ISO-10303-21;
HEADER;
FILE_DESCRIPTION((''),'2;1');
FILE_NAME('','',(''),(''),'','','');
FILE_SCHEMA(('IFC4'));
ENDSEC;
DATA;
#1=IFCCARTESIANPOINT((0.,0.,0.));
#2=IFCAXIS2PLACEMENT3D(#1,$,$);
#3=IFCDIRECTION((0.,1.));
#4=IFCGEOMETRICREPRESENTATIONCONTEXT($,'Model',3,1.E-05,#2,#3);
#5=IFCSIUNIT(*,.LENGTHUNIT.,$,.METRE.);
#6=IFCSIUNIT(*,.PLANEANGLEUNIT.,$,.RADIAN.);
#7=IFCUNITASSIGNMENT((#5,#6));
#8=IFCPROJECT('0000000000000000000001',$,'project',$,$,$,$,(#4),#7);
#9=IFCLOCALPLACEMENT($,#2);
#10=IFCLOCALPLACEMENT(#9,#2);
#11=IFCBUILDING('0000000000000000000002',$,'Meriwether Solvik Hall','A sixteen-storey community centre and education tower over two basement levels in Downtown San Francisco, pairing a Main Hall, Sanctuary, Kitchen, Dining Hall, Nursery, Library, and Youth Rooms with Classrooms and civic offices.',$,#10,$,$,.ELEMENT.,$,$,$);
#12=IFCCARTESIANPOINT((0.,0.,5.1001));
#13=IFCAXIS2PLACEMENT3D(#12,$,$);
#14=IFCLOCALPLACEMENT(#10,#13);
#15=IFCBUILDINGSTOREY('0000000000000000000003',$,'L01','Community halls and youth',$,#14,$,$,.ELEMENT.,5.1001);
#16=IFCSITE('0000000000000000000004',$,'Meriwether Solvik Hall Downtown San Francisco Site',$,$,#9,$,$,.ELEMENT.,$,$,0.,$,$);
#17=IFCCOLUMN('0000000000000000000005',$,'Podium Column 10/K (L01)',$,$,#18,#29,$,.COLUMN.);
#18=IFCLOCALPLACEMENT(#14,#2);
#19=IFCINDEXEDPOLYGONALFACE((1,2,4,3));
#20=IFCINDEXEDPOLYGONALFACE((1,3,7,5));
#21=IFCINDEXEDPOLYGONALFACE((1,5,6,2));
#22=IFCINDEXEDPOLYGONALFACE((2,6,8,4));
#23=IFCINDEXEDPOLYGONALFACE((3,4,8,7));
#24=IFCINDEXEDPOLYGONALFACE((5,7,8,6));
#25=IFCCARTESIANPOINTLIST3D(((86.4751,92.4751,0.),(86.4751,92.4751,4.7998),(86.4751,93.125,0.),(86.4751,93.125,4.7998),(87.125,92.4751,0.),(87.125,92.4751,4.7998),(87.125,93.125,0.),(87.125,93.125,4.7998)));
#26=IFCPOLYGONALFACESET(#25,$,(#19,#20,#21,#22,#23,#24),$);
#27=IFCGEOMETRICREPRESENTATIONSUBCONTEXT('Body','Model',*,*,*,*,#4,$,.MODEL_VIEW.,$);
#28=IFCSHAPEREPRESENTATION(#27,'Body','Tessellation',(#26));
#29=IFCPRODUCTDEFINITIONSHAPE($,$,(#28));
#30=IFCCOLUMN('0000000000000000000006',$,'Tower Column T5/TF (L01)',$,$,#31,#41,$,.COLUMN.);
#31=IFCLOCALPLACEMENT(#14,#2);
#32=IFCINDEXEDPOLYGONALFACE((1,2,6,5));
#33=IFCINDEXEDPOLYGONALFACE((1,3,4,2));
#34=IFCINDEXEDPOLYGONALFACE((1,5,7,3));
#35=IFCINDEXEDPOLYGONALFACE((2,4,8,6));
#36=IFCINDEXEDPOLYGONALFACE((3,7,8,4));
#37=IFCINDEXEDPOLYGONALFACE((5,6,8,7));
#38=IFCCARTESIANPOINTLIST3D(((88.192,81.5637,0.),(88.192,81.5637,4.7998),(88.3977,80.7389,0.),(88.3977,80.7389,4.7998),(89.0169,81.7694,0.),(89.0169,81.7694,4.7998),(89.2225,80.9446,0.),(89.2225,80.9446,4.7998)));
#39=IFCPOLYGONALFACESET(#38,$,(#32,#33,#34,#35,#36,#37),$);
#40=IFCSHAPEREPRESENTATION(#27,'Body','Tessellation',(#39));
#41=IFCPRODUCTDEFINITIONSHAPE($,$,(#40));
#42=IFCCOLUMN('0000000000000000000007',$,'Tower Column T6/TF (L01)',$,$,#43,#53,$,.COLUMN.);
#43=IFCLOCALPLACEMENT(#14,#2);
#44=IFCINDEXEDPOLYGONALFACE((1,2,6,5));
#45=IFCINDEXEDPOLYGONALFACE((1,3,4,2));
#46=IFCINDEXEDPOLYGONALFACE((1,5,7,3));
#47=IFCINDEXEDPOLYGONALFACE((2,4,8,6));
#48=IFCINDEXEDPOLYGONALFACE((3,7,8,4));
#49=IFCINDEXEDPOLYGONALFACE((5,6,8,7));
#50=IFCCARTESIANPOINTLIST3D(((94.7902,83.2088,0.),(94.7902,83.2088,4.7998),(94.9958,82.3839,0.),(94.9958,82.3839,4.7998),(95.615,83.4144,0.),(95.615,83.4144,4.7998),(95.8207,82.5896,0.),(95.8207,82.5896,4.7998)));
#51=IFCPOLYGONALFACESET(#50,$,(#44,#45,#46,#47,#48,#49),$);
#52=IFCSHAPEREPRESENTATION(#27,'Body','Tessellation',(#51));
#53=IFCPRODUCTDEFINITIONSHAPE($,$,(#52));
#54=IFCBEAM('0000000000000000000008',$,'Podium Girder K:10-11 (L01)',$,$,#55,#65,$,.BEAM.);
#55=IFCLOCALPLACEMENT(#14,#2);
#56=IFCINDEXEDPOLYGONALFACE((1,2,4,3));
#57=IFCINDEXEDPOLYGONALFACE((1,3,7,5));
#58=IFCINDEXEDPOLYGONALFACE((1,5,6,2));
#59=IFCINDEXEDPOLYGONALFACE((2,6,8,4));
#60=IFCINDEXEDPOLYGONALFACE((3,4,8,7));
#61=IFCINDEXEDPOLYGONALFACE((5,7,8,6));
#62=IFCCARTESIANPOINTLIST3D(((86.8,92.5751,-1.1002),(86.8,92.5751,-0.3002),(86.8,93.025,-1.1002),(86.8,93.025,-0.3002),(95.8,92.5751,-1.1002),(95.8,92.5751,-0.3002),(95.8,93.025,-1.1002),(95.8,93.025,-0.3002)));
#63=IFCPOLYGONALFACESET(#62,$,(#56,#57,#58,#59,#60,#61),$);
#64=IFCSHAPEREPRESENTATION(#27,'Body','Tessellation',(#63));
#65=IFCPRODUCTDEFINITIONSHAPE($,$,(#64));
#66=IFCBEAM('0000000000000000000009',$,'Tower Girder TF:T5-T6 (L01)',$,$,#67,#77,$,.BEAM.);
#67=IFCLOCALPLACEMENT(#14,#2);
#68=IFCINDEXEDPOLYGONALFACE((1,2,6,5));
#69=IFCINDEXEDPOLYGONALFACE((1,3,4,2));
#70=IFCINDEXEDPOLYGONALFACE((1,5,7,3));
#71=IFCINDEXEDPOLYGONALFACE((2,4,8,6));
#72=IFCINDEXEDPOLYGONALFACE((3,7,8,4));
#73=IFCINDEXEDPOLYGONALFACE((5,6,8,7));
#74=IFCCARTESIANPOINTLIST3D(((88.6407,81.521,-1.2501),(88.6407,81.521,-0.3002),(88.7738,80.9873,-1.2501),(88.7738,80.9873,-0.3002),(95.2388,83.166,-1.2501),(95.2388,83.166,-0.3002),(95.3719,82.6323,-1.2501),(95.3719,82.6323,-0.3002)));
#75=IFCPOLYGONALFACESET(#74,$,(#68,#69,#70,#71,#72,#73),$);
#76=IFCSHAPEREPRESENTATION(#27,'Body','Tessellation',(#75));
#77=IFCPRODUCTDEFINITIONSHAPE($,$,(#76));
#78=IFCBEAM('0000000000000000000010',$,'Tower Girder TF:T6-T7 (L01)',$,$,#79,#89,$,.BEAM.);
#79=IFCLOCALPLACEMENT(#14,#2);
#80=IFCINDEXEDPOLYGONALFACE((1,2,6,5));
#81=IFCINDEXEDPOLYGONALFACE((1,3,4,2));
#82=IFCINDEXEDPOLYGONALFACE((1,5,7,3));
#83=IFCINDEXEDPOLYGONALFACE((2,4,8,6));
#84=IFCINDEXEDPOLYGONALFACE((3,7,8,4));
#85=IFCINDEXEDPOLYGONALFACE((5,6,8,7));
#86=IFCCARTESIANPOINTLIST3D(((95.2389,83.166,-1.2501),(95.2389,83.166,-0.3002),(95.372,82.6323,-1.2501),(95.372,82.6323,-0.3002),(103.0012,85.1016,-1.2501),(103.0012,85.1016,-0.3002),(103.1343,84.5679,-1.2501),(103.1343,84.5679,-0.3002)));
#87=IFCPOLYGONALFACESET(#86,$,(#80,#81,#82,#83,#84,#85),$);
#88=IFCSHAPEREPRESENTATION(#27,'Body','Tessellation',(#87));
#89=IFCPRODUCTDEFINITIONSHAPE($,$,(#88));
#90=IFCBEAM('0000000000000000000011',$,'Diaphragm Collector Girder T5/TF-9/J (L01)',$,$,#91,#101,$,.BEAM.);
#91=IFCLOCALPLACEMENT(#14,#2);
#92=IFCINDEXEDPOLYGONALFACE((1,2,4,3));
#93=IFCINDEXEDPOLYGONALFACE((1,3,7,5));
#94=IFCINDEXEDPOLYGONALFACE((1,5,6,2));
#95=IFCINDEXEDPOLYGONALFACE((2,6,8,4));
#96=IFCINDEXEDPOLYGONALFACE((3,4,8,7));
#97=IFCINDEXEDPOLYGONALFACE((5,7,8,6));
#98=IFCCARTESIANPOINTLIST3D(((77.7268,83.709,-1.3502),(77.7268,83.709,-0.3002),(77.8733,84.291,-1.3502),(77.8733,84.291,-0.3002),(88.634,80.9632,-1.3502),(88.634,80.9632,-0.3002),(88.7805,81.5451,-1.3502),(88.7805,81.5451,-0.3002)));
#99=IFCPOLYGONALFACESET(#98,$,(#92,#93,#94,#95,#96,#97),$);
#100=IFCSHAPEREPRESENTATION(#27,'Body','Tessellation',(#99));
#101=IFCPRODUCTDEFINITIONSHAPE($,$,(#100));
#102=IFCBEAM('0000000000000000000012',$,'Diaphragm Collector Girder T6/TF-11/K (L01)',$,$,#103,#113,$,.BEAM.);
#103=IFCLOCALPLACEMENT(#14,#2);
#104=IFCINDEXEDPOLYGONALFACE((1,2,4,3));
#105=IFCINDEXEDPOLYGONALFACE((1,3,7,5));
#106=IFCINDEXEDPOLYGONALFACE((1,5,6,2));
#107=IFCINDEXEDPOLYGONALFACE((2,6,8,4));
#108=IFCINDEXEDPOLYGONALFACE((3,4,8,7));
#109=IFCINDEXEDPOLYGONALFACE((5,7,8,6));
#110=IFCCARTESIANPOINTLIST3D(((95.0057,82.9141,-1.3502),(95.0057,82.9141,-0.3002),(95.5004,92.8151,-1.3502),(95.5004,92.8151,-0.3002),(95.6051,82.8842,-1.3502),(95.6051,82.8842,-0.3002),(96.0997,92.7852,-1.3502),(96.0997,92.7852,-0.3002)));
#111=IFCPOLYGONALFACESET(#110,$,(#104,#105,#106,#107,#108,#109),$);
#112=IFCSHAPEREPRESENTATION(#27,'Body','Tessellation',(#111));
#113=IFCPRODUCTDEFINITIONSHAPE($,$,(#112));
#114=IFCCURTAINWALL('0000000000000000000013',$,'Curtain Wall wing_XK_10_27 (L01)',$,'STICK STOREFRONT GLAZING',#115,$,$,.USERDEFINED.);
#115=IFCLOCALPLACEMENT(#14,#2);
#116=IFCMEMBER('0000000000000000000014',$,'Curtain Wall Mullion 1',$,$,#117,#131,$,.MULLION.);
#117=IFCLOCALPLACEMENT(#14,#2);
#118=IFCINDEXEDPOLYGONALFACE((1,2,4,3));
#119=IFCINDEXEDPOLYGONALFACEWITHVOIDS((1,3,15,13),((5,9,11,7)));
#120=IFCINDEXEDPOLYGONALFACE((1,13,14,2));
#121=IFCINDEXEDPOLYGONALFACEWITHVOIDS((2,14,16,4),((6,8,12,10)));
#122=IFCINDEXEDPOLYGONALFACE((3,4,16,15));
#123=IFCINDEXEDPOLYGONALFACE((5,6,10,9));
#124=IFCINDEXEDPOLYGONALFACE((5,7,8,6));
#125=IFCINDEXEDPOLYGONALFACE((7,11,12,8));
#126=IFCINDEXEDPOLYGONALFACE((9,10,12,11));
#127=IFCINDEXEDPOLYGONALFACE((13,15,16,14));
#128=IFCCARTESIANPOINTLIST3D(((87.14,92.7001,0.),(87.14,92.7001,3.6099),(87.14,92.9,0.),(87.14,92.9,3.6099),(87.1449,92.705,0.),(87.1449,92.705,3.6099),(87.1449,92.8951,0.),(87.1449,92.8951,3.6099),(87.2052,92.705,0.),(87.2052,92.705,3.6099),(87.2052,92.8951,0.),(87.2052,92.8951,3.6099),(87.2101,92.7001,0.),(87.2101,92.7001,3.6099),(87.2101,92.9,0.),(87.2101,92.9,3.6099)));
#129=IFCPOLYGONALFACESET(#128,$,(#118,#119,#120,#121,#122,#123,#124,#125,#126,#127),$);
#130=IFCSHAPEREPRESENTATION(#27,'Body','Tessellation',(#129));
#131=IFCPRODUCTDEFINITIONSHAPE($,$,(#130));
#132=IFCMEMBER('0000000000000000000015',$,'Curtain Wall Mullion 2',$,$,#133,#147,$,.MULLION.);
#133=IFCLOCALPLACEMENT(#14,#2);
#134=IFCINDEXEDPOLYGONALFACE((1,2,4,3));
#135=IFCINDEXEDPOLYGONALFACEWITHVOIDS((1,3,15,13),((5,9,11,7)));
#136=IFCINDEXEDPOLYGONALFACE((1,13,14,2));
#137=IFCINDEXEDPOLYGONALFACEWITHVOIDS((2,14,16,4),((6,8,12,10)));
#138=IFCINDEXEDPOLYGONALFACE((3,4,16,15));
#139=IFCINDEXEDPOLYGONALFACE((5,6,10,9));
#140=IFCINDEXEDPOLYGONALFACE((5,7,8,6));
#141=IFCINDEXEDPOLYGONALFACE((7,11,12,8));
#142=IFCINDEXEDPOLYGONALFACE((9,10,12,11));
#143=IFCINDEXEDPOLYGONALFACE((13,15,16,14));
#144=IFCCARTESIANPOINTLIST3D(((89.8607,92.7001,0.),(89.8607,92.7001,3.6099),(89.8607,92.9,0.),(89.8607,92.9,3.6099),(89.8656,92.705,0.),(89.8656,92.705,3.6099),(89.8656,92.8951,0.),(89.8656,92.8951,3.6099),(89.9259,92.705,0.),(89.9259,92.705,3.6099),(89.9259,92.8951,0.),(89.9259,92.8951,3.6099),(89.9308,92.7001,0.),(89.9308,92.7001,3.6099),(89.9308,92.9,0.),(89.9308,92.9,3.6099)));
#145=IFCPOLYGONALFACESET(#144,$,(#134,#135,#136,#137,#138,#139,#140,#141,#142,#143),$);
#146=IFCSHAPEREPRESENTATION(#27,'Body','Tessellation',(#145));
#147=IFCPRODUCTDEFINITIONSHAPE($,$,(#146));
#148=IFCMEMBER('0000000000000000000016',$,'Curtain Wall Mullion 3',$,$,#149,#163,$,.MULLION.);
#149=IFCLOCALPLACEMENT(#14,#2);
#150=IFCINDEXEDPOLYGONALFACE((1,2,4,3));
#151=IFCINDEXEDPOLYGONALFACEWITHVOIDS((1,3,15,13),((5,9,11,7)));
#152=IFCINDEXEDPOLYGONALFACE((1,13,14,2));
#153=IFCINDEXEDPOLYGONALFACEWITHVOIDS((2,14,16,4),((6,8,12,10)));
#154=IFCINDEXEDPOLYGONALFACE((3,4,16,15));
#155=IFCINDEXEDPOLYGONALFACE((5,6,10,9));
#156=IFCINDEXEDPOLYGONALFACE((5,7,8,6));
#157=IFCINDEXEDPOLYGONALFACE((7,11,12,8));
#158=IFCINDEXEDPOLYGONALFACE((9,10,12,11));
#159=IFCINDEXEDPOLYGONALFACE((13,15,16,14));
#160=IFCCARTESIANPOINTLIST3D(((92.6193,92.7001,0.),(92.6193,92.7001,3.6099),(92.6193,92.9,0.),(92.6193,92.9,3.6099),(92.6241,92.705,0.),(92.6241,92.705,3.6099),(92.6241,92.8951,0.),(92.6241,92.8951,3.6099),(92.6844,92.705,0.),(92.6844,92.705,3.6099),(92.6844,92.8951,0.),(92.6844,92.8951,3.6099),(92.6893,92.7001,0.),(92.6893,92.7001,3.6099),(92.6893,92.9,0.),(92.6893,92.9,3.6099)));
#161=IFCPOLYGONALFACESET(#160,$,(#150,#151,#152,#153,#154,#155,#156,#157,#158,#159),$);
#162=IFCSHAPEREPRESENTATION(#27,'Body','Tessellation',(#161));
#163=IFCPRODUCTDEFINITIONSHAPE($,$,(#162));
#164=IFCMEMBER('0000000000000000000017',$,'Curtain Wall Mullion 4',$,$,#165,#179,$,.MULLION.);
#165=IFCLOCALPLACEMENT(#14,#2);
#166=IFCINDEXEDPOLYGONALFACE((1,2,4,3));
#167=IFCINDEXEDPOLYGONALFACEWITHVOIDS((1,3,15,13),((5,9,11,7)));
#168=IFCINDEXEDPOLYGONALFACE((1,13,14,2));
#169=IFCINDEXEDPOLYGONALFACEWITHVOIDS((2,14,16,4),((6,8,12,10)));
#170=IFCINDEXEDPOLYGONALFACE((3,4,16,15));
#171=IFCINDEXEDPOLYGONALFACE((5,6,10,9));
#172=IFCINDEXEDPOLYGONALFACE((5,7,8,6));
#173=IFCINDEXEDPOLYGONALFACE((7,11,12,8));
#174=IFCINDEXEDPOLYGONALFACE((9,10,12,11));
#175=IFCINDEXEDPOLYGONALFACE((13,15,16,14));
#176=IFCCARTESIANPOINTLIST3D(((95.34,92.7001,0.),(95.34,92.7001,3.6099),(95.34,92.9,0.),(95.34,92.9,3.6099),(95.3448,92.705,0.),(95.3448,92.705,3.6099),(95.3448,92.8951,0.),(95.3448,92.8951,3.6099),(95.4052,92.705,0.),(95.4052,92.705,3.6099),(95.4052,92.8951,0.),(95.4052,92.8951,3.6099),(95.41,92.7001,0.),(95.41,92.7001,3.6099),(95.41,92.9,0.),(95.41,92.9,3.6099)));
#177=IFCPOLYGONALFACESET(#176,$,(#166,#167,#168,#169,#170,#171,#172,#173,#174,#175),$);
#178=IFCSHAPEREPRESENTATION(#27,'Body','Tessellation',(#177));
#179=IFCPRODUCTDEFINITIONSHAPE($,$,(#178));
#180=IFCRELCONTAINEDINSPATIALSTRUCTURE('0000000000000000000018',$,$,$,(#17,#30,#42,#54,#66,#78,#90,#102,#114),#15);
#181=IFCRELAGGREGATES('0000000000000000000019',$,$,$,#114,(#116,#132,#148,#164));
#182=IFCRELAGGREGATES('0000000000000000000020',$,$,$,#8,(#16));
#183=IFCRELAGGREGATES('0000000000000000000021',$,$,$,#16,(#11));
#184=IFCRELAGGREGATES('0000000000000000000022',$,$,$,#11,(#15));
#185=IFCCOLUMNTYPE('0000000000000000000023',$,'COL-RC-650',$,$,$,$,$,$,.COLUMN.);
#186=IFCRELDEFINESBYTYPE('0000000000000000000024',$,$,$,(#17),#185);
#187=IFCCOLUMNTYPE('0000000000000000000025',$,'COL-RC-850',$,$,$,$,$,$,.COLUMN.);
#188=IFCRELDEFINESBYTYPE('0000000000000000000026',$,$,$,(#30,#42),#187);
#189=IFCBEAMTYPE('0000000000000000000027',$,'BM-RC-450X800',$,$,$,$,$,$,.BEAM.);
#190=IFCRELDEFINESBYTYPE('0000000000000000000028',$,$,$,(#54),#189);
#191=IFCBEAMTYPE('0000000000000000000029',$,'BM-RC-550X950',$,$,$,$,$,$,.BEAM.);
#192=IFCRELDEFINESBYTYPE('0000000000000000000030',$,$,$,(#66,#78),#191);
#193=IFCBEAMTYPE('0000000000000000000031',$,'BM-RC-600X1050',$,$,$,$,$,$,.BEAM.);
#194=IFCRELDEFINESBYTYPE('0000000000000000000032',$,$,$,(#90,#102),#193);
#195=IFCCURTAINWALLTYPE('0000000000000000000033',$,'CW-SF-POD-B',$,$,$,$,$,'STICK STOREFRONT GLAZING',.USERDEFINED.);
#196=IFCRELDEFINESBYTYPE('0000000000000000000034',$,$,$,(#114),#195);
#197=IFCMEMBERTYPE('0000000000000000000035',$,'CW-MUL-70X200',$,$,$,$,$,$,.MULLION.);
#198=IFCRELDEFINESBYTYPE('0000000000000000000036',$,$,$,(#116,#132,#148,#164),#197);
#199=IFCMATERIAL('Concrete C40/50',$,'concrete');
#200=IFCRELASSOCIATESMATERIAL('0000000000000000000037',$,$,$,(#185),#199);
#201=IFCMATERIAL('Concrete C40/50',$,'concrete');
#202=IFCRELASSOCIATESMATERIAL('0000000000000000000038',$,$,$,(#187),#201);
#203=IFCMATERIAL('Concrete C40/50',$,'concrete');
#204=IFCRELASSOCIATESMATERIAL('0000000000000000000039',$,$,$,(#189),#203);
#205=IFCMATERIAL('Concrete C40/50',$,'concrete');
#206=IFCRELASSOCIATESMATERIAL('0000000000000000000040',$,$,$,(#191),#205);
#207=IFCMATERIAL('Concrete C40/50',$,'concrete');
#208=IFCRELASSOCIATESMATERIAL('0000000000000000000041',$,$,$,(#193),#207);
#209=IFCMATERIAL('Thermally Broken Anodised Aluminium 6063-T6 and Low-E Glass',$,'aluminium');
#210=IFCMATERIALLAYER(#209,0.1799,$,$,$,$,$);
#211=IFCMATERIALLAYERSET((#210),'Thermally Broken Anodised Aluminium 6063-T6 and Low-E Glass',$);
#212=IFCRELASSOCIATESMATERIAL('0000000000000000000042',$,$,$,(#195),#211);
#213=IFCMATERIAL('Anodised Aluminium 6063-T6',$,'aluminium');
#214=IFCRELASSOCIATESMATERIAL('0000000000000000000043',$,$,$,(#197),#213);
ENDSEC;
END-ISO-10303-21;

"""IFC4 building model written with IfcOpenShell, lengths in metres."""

from ifc_helpers import new_model, si_unit, direction, frame, origin, origin_2d, place, context, subcontext, project, spatial, rectangle, hollow_rectangle, extrude, material, layer, layer_set, material_profile, profile_set, type_object, element, aggregate, save


model = new_model("IFC4")

# Units and contexts
model_context = context("Model", 3, precision=1e-05, world=origin(), true_north=direction((0.0, 1.0)))
body_context = subcontext(model_context, "Body", "Model", "MODEL_VIEW")
ifc_project = project(units=[si_unit("LENGTHUNIT", "METRE"), si_unit("PLANEANGLEUNIT", "RADIAN")], contexts=[model_context])

# Site, building, storey
site_placement = place(None, origin())
site = spatial("IfcSite", under=ifc_project, at=site_placement, Name="Meriwether Solvik Hall Downtown San Francisco Site", CompositionType="ELEMENT", RefElevation=0.0)
building_placement = place(site_placement, origin())
building = spatial("IfcBuilding", under=site, at=building_placement, Name="Meriwether Solvik Hall", Description="A sixteen-storey community centre and education tower over two basement levels in Downtown San Francisco, pairing a Main Hall, Sanctuary, Kitchen, Dining Hall, Nursery, Library, and Youth Rooms with Classrooms and civic offices.", CompositionType="ELEMENT")
storey_placement = place(building_placement, frame((0.0, 0.0, 5.1001)))
storey = spatial("IfcBuildingStorey", under=building, at=storey_placement, Name="L01", Description="Community halls and youth", CompositionType="ELEMENT", Elevation=5.1001)

# Columns
ifc_material_1 = material(Name="Concrete C40/50", Category="concrete")
ifc_material_profile_1 = material_profile(ifc_material_1, rectangle(XDim=0.6499, YDim=0.6499, at=origin_2d()), Name="RCC-650X650")
ifc_profile_set_1 = profile_set([ifc_material_profile_1], Name="Concrete C40/50")
column_type_1 = type_object("IfcColumnType", Name="COL-RC-650", PredefinedType="COLUMN", material=ifc_profile_set_1)
column_placement = place(storey_placement, frame((86.8, 92.8, 0.0), z_axis=(0.0, 0.0, 1.0), x_axis=(1.0, 0.0, 0.0)))
element("IfcColumn", 1, at=column_placement, inside=storey, type_object=column_type_1, Name="Podium Column 10/K (L01)", PredefinedType="COLUMN", context=body_context, shape_type="SweptSolid", body=[
    extrude(rectangle(XDim=0.6499, YDim=0.6499, at=origin_2d()), origin(), (0.0, 0.0, 1.0), 4.7998),
])
ifc_material_2 = material(Name="Concrete C40/50", Category="concrete")
ifc_material_profile_2 = material_profile(ifc_material_2, rectangle(XDim=0.8501, YDim=0.8501, at=origin_2d()), Name="RCC-850X850")
ifc_profile_set_2 = profile_set([ifc_material_profile_2], Name="Concrete C40/50")
column_type_2 = type_object("IfcColumnType", Name="COL-RC-850", PredefinedType="COLUMN", material=ifc_profile_set_2)
for number, where, z_axis, x_axis, name in (
    (2, (88.7073, 81.2542, 0.0), (0.0, 0.0, 1.0), (0.970296, 0.241922, 0.0), "Tower Column T5/TF (L01)"),
    (3, (95.3054, 82.8992, 0.0), (0.0, 0.0, 1.0), (0.970296, 0.241922, 0.0), "Tower Column T6/TF (L01)"),
):
    element("IfcColumn", number, at=place(storey_placement, frame(where, z_axis=z_axis, x_axis=x_axis)), inside=storey, type_object=column_type_2, Name=name, PredefinedType="COLUMN", context=body_context, shape_type="SweptSolid", body=[
        extrude(rectangle(XDim=0.8501, YDim=0.8501, at=origin_2d()), origin(), (0.0, 0.0, 1.0), 4.7998),
    ])

# Beams
ifc_material_3 = material(Name="Concrete C40/50", Category="concrete")
ifc_material_profile_3 = material_profile(ifc_material_3, rectangle(XDim=0.45, YDim=0.8, at=origin_2d()), Name="RCB-450X800")
ifc_profile_set_3 = profile_set([ifc_material_profile_3], Name="Concrete C40/50")
beam_type_1 = type_object("IfcBeamType", Name="BM-RC-450X800", PredefinedType="BEAM", material=ifc_profile_set_3)
beam_1_placement = place(storey_placement, frame((86.8, 92.8, -0.7002), z_axis=(1.0, 0.0, 0.0), x_axis=(0.0, 1.0, 0.0)))
element("IfcBeam", 4, at=beam_1_placement, inside=storey, type_object=beam_type_1, Name="Podium Girder K:10-11 (L01)", PredefinedType="BEAM", context=body_context, shape_type="SweptSolid", body=[
    extrude(rectangle(XDim=0.45, YDim=0.8, at=origin_2d()), origin(), (0.0, 0.0, 1.0), 9.0),
])
ifc_material_4 = material(Name="Concrete C40/50", Category="concrete")
ifc_material_profile_4 = material_profile(ifc_material_4, rectangle(XDim=0.55, YDim=0.95, at=origin_2d()), Name="RCB-550X950")
ifc_profile_set_4 = profile_set([ifc_material_profile_4], Name="Concrete C40/50")
beam_type_2 = type_object("IfcBeamType", Name="BM-RC-550X950", PredefinedType="BEAM", material=ifc_profile_set_4)
beam_2_placement = place(storey_placement, frame((88.7073, 81.2542, -0.7751), z_axis=(0.970299, 0.24191, 0.0), x_axis=(-0.24191, 0.970299, 0.0)))
element("IfcBeam", 5, at=beam_2_placement, inside=storey, type_object=beam_type_2, Name="Tower Girder TF:T5-T6 (L01)", PredefinedType="BEAM", context=body_context, shape_type="SweptSolid", body=[
    extrude(rectangle(XDim=0.55, YDim=0.95, at=origin_2d()), origin(), (0.0, 0.0, 1.0), 6.8),
])
beam_3_placement = place(storey_placement, frame((95.3054, 82.8992, -0.7751), z_axis=(0.97029, 0.241947, 0.0), x_axis=(-0.241947, 0.97029, 0.0)))
element("IfcBeam", 6, at=beam_3_placement, inside=storey, type_object=beam_type_2, Name="Tower Girder TF:T6-T7 (L01)", PredefinedType="BEAM", context=body_context, shape_type="SweptSolid", body=[
    extrude(rectangle(XDim=0.55, YDim=0.95, at=origin_2d()), origin(), (0.0, 0.0, 1.0), 8.0),
])
ifc_material_5 = material(Name="Concrete C40/50", Category="concrete")
ifc_material_profile_5 = material_profile(ifc_material_5, rectangle(XDim=0.6001, YDim=1.05, at=origin_2d()), Name="RCB-600X1050")
ifc_profile_set_5 = profile_set([ifc_material_profile_5], Name="Concrete C40/50")
beam_type_3 = type_object("IfcBeamType", Name="BM-RC-600X1050", PredefinedType="BEAM", material=ifc_profile_set_5)
beam_4_placement = place(storey_placement, frame((88.7073, 81.2542, -0.8252), z_axis=(-0.969743, 0.244129, 0.0), x_axis=(-0.244129, -0.969743, 0.0)))
element("IfcBeam", 7, at=beam_4_placement, inside=storey, type_object=beam_type_3, Name="Diaphragm Collector Girder T5/TF-9/J (L01)", PredefinedType="BEAM", context=body_context, shape_type="SweptSolid", body=[
    extrude(rectangle(XDim=0.6001, YDim=1.05, at=origin_2d()), origin(), (0.0, 0.0, 1.0), 11.2476),
])
beam_5_placement = place(storey_placement, frame((95.3054, 82.8992, -0.8252), z_axis=(0.049896, 0.998754, 0.0), x_axis=(-0.998754, 0.049896, 0.0)))
element("IfcBeam", 8, at=beam_5_placement, inside=storey, type_object=beam_type_3, Name="Diaphragm Collector Girder T6/TF-11/K (L01)", PredefinedType="BEAM", context=body_context, shape_type="SweptSolid", body=[
    extrude(rectangle(XDim=0.6001, YDim=1.05, at=origin_2d()), origin(), (0.0, 0.0, 1.0), 9.9133),
])

# Curtain wall, members
ifc_material_6 = material(Name="Thermally Broken Anodised Aluminium 6063-T6 and Low-E Glass", Category="aluminium")
ifc_layer_1 = layer(ifc_material_6, 0.1799)
ifc_layer_set_1 = layer_set([ifc_layer_1], Name="Thermally Broken Anodised Aluminium 6063-T6 and Low-E Glass")
curtain_wall_type = type_object("IfcCurtainWallType", Name="CW-SF-POD-B", ElementType="STICK STOREFRONT GLAZING", PredefinedType="USERDEFINED", material=ifc_layer_set_1)
curtain_wall_placement = place(storey_placement, origin())
curtain_wall = element("IfcCurtainWall", 9, at=curtain_wall_placement, inside=storey, type_object=curtain_wall_type, Name="Curtain Wall wing_XK_10_27 (L01)", ObjectType="STICK STOREFRONT GLAZING", PredefinedType="USERDEFINED")
ifc_material_7 = material(Name="Anodised Aluminium 6063-T6", Category="aluminium")
ifc_material_profile_6 = material_profile(ifc_material_7, hollow_rectangle(XDim=0.0701, YDim=0.2, WallThickness=0.0049, at=origin_2d()), Name="CWM-70X200")
ifc_profile_set_6 = profile_set([ifc_material_profile_6], Name="Anodised Aluminium 6063-T6")
member_type_1 = type_object("IfcMemberType", Name="CW-MUL-70X200", PredefinedType="MULLION", material=ifc_profile_set_6)
member_1_placement = place(storey_placement, frame((87.175, 92.8, 0.0), z_axis=(0.0, 0.0, 1.0), x_axis=(1.0, 0.0, 0.0)))
member_1 = element("IfcMember", 10, at=member_1_placement, type_object=member_type_1, Name="Curtain Wall Mullion 1", PredefinedType="MULLION", context=body_context, shape_type="SweptSolid", body=[
    extrude(hollow_rectangle(XDim=0.0701, YDim=0.2, WallThickness=0.0049, at=origin_2d()), origin(), (0.0, 0.0, 1.0), 3.6099),
])
member_2_placement = place(storey_placement, frame((89.8958, 92.8, 0.0), z_axis=(0.0, 0.0, 1.0), x_axis=(1.0, 0.0, 0.0)))
member_2 = element("IfcMember", 11, at=member_2_placement, type_object=member_type_1, Name="Curtain Wall Mullion 2", PredefinedType="MULLION", context=body_context, shape_type="SweptSolid", body=[
    extrude(hollow_rectangle(XDim=0.0701, YDim=0.2, WallThickness=0.0049, at=origin_2d()), origin(), (0.0, 0.0, 1.0), 3.6099),
])
member_3_placement = place(storey_placement, frame((92.6543, 92.8, 0.0), z_axis=(0.0, 0.0, 1.0), x_axis=(1.0, 0.0, 0.0)))
member_3 = element("IfcMember", 12, at=member_3_placement, type_object=member_type_1, Name="Curtain Wall Mullion 3", PredefinedType="MULLION", context=body_context, shape_type="SweptSolid", body=[
    extrude(hollow_rectangle(XDim=0.0701, YDim=0.2, WallThickness=0.0049, at=origin_2d()), origin(), (0.0, 0.0, 1.0), 3.6099),
])
member_4_placement = place(storey_placement, frame((95.375, 92.8, 0.0), z_axis=(0.0, 0.0, 1.0), x_axis=(1.0, 0.0, 0.0)))
member_4 = element("IfcMember", 13, at=member_4_placement, type_object=member_type_1, Name="Curtain Wall Mullion 4", PredefinedType="MULLION", context=body_context, shape_type="SweptSolid", body=[
    extrude(hollow_rectangle(XDim=0.0701, YDim=0.2, WallThickness=0.0049, at=origin_2d()), origin(), (0.0, 0.0, 1.0), 3.6099),
])
aggregate(curtain_wall, [member_1, member_2, member_3, member_4])

save(model, "model.ifc")
